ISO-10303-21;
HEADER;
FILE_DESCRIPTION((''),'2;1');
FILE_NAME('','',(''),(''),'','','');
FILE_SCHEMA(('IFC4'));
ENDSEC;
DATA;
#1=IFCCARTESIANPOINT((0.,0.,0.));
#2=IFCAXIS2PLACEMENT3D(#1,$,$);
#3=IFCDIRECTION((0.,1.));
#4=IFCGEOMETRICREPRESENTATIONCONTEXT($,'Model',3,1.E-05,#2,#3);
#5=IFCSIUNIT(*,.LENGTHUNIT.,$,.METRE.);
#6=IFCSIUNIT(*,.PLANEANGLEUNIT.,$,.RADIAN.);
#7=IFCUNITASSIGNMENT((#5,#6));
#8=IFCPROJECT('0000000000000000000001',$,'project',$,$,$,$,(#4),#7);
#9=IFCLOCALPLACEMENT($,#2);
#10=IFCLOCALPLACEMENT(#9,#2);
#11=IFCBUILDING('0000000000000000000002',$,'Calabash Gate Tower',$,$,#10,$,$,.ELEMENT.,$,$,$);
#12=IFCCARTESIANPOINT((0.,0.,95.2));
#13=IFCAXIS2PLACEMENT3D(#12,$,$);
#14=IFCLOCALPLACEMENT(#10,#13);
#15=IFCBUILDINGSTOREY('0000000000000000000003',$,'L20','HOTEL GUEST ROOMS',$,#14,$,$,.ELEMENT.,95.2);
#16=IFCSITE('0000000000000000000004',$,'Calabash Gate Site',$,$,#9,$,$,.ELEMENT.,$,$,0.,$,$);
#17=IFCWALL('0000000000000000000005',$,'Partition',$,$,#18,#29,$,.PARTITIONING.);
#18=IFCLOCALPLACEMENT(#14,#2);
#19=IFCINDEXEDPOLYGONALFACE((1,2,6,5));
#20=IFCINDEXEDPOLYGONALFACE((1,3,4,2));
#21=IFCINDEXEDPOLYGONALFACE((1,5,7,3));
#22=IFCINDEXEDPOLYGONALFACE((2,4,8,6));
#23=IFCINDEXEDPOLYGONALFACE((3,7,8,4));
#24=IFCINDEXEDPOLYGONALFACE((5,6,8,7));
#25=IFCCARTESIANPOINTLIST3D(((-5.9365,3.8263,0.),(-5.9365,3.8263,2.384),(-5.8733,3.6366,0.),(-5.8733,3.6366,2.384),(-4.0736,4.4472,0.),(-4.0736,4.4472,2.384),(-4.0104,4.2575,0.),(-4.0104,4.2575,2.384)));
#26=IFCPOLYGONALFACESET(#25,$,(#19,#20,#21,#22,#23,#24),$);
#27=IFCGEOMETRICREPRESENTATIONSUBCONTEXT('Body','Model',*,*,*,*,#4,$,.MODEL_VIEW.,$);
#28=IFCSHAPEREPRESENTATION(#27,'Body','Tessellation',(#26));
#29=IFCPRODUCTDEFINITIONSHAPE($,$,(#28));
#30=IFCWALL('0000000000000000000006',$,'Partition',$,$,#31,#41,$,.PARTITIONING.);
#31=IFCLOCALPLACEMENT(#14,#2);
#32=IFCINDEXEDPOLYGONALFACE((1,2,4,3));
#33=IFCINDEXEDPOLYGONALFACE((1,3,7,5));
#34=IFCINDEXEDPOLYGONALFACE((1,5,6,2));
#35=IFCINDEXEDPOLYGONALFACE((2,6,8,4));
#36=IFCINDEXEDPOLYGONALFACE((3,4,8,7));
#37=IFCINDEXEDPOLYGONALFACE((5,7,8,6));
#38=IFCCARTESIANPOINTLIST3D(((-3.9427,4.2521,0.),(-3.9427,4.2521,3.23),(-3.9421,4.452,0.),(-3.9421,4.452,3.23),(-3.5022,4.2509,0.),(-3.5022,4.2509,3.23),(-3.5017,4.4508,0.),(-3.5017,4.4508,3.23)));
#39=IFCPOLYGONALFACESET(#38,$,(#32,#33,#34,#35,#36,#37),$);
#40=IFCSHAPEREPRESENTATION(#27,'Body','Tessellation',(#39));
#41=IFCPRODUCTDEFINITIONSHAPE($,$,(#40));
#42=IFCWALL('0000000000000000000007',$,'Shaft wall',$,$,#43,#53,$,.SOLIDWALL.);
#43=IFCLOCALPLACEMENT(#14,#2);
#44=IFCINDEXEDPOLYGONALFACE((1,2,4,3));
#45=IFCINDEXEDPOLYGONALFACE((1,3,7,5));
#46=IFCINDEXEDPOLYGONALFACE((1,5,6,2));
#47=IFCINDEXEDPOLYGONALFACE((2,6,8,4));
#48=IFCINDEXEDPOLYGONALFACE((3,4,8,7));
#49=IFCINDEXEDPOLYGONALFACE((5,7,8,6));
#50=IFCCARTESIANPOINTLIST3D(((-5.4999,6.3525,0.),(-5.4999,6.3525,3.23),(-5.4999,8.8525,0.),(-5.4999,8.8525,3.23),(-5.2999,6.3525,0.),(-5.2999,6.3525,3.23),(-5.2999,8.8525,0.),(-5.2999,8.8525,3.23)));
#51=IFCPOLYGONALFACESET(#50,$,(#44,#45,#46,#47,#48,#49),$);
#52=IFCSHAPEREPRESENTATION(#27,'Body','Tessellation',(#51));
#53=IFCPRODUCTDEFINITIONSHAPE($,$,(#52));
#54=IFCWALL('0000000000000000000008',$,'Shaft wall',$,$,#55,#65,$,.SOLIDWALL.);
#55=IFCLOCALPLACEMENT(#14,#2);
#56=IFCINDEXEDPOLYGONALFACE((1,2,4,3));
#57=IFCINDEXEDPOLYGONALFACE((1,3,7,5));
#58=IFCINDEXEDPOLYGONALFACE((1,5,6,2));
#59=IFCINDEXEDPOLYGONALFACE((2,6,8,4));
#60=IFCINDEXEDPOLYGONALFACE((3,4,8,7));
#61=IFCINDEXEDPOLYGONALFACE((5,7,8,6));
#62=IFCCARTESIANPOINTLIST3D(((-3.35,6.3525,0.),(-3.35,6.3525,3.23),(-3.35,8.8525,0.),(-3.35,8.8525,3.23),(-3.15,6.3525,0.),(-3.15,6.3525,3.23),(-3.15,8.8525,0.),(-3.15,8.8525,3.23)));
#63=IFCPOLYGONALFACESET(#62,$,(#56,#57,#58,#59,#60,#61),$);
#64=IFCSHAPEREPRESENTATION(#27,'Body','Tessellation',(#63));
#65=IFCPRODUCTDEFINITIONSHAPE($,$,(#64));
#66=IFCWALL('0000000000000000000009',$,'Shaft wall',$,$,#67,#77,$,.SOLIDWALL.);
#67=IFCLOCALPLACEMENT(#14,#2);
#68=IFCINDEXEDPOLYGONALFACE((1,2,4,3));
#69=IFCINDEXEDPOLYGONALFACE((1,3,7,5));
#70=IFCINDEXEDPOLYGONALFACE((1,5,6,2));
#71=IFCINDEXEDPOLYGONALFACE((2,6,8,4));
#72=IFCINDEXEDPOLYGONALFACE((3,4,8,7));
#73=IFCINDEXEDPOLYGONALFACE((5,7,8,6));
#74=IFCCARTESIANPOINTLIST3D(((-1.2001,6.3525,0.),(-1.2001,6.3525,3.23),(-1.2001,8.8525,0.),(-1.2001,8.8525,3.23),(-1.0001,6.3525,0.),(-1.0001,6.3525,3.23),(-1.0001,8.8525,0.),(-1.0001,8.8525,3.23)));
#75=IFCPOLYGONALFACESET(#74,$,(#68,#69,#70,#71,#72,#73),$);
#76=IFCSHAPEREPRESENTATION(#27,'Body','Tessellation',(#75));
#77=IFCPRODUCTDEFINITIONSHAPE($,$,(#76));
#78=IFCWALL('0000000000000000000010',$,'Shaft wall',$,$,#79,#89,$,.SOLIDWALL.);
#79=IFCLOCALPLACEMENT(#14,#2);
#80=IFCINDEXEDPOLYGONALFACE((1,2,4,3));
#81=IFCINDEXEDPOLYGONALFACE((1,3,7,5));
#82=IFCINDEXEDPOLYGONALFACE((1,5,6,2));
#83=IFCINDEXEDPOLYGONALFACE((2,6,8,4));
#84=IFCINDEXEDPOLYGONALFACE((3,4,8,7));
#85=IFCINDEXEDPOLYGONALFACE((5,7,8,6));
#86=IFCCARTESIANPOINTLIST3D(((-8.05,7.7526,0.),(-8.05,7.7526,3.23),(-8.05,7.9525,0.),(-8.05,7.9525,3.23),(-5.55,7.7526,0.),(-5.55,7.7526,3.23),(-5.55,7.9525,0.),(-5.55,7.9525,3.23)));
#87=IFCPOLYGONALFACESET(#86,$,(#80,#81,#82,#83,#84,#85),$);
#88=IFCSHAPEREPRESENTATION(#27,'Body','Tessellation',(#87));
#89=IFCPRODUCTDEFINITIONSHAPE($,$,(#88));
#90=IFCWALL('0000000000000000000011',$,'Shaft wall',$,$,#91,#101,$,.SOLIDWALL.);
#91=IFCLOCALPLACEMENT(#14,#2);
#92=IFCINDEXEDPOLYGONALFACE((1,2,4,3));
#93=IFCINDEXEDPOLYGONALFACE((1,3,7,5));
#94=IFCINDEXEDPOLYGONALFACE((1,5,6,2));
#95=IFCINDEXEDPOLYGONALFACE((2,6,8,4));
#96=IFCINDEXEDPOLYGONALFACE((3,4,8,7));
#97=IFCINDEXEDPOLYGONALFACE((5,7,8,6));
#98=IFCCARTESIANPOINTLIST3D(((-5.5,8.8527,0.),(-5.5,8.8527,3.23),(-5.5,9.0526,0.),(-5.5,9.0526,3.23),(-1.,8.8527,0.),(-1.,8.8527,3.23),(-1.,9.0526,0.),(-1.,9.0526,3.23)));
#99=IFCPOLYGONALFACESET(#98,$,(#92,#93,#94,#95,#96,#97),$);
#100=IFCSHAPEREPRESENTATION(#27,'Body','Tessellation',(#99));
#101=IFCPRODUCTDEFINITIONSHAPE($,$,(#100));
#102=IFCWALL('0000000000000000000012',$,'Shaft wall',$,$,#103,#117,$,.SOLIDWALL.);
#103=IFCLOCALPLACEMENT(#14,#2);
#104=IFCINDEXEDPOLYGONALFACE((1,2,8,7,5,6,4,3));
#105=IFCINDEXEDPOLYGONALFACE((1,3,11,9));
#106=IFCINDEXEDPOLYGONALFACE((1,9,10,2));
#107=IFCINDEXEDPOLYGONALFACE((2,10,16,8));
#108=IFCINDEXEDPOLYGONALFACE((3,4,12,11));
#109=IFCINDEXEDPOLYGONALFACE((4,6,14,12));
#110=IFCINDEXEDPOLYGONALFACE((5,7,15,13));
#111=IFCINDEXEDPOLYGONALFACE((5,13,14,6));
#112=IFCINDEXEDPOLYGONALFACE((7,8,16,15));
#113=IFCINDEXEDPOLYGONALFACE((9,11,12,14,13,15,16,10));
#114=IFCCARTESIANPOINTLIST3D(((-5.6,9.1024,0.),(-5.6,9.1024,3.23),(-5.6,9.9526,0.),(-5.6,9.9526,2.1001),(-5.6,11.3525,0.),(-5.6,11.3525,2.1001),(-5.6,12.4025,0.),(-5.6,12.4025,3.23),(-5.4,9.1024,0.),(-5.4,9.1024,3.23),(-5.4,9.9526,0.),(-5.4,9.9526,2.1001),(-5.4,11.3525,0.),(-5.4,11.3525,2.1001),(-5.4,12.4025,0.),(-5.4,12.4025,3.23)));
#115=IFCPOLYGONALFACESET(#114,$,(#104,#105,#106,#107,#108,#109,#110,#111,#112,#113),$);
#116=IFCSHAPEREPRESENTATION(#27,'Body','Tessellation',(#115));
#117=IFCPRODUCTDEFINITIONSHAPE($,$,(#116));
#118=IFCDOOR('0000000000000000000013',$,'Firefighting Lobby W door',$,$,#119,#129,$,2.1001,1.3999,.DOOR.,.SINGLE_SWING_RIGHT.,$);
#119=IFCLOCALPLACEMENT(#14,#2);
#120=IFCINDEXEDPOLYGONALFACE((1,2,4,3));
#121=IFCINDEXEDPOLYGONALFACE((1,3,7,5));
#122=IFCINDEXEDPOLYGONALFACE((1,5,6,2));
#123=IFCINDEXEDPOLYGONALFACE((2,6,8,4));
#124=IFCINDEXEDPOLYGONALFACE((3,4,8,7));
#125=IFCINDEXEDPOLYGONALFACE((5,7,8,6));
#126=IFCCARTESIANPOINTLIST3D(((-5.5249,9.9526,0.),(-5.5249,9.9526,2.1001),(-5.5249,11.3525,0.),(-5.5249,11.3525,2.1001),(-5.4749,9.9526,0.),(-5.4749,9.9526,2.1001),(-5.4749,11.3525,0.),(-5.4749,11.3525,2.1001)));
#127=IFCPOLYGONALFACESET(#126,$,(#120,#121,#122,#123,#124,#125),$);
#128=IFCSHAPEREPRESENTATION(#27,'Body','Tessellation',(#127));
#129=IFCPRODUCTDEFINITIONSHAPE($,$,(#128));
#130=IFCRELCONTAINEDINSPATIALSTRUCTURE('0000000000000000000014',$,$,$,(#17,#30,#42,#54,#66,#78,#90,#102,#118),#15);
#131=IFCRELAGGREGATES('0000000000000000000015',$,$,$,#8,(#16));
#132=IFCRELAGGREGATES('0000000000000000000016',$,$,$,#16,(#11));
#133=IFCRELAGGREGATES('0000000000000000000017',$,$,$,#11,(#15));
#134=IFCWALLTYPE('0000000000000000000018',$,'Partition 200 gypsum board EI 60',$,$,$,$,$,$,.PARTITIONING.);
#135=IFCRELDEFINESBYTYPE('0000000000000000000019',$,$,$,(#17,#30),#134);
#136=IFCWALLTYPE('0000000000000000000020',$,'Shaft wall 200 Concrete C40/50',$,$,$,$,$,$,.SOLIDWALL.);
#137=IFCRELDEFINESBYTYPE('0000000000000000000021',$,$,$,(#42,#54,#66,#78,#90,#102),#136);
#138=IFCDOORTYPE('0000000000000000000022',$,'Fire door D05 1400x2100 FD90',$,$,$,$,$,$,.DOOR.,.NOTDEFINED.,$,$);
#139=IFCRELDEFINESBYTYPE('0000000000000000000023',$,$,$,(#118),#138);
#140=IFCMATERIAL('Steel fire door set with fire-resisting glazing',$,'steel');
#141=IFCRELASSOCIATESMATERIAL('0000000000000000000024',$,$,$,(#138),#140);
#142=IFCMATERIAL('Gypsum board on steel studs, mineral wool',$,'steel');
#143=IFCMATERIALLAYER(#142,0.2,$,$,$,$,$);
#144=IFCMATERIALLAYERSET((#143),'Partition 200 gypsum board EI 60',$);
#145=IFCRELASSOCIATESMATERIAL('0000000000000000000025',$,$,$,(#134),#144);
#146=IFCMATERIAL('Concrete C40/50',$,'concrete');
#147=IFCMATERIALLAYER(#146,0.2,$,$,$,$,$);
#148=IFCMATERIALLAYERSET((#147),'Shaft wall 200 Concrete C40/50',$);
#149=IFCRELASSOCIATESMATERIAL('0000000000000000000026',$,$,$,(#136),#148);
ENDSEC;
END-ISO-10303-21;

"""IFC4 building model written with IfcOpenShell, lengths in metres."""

from ifc_helpers import new_model, si_unit, direction, frame, frame_2d, origin, place, context, subcontext, project, spatial, rectangle, extrude, material, layer, layer_set, type_object, element, fill, save


model = new_model("IFC4")

# Units and contexts
model_context = context("Model", 3, precision=1e-05, world=origin(), true_north=direction((0.0, 1.0)))
body_context = subcontext(model_context, "Body", "Model", "MODEL_VIEW")
ifc_project = project(units=[si_unit("LENGTHUNIT", "METRE"), si_unit("PLANEANGLEUNIT", "RADIAN")], contexts=[model_context])

# Site, building, storey
site_placement = place(None, origin())
site = spatial("IfcSite", under=ifc_project, at=site_placement, Name="Calabash Gate Site", CompositionType="ELEMENT", RefElevation=0.0)
building_placement = place(site_placement, origin())
building = spatial("IfcBuilding", under=site, at=building_placement, Name="Calabash Gate Tower", CompositionType="ELEMENT")
storey_placement = place(building_placement, frame((0.0, 0.0, 95.2)))
storey = spatial("IfcBuildingStorey", under=building, at=storey_placement, Name="L20", Description="HOTEL GUEST ROOMS", CompositionType="ELEMENT", Elevation=95.2)

# Shared definitions
ifc_material_1 = material(Name="Steel fire door set with fire-resisting glazing", Category="steel")
door_type_1 = type_object("IfcDoorType", Name="Fire door D05 1400x2100 FD90", OperationType="NOTDEFINED", PredefinedType="DOOR", material=ifc_material_1)

# Shared definitions
ifc_material_2 = material(Name="Gypsum board on steel studs, mineral wool", Category="steel")
ifc_layer_1 = layer(ifc_material_2, 0.2)
ifc_layer_set_1 = layer_set([ifc_layer_1], Name="Partition 200 gypsum board EI 60")
wall_type_1 = type_object("IfcWallType", Name="Partition 200 gypsum board EI 60", PredefinedType="PARTITIONING", material=ifc_layer_set_1)

# Walls
wall_1_placement = place(storey_placement, frame((-5.905, 3.7314, 0.0), z_axis=(0.0, 0.0, 1.0), x_axis=(0.948696, 0.31619, 0.0)))
element("IfcWall", 1, at=wall_1_placement, inside=storey, type_object=wall_type_1, Name="Partition", PredefinedType="PARTITIONING", context=body_context, shape_type="SweptSolid", body=[
    extrude(rectangle(XDim=1.9636, YDim=0.2, at=frame_2d((0.9819, 0.0))), origin(), (0.0, 0.0, 1.0), 2.384),
])
wall_2_placement = place(storey_placement, frame((-3.9424, 4.3521, 0.0), z_axis=(0.0, 0.0, 1.0), x_axis=(0.999996, -0.002772, 0.0)))
element("IfcWall", 2, at=wall_2_placement, inside=storey, type_object=wall_type_1, Name="Partition", PredefinedType="PARTITIONING", context=body_context, shape_type="SweptSolid", body=[
    extrude(rectangle(XDim=0.4404, YDim=0.2, at=frame_2d((0.2202, 0.0))), origin(), (0.0, 0.0, 1.0), 3.23),
])
ifc_material_3 = material(Name="Concrete C40/50", Category="concrete")
ifc_layer_2 = layer(ifc_material_3, 0.2)
ifc_layer_set_2 = layer_set([ifc_layer_2], Name="Shaft wall 200 Concrete C40/50")
wall_type_2 = type_object("IfcWallType", Name="Shaft wall 200 Concrete C40/50", PredefinedType="SOLIDWALL", material=ifc_layer_set_2)
for number, where, z_axis, x_axis, name in (
    (3, (-5.3999, 6.3525, 0.0), (0.0, 0.0, 1.0), (0.0, 1.0, 0.0), "Shaft wall"),
    (4, (-3.25, 6.3525, 0.0), (0.0, 0.0, 1.0), (0.0, 1.0, 0.0), "Shaft wall"),
    (5, (-1.1001, 6.3525, 0.0), (0.0, 0.0, 1.0), (0.0, 1.0, 0.0), "Shaft wall"),
    (6, (-8.05, 7.8525, 0.0), (0.0, 0.0, 1.0), (1.0, 0.0, 0.0), "Shaft wall"),
):
    element("IfcWall", number, at=place(storey_placement, frame(where, z_axis=z_axis, x_axis=x_axis)), inside=storey, type_object=wall_type_2, Name=name, PredefinedType="SOLIDWALL", context=body_context, shape_type="SweptSolid", body=[
        extrude(rectangle(XDim=2.5, YDim=0.2, at=frame_2d((1.25, 0.0))), origin(), (0.0, 0.0, 1.0), 3.23),
    ])
wall_3_placement = place(storey_placement, frame((-5.5, 8.9526, 0.0), z_axis=(0.0, 0.0, 1.0), x_axis=(1.0, 0.0, 0.0)))
element("IfcWall", 7, at=wall_3_placement, inside=storey, type_object=wall_type_2, Name="Shaft wall", PredefinedType="SOLIDWALL", context=body_context, shape_type="SweptSolid", body=[
    extrude(rectangle(XDim=4.5, YDim=0.2, at=frame_2d((2.25, 0.0))), origin(), (0.0, 0.0, 1.0), 3.23),
])

# Wall, opening, door
wall_4_placement = place(storey_placement, frame((-5.5, 9.1025, 0.0), z_axis=(0.0, 0.0, 1.0), x_axis=(0.0, 1.0, 0.0)))
wall_4 = element("IfcWall", 8, at=wall_4_placement, inside=storey, type_object=wall_type_2, Name="Shaft wall", PredefinedType="SOLIDWALL", context=body_context, shape_type="SweptSolid", body=[
    extrude(rectangle(XDim=3.3, YDim=0.2, at=frame_2d((1.6499, 0.0))), origin(), (0.0, 0.0, 1.0), 3.23),
])
opening_1_placement = place(wall_4_placement, frame((0.8501, 0.0, 0.0)))
opening_1 = element("IfcOpeningElement", 9, at=opening_1_placement, cuts=wall_4, PredefinedType="OPENING", context=body_context, shape_type="SweptSolid", body=[
    extrude(rectangle(XDim=1.3999, YDim=2.1001, at=frame_2d((0.7, 1.05))), frame((0.0, 0.1099, 0.0), z_axis=(0.0, -1.0, 0.0), x_axis=(1.0, 0.0, 0.0)), (0.0, 0.0, 1.0), 0.22),
])
door_1_placement = place(opening_1_placement, origin())
door_1 = element("IfcDoor", 10, at=door_1_placement, inside=storey, type_object=door_type_1, Name="Firefighting Lobby W door", OperationType="SINGLE_SWING_RIGHT", OverallHeight=2.1001, OverallWidth=1.3999, PredefinedType="DOOR", context=body_context, shape_type="SweptSolid", body=[
    extrude(rectangle(XDim=1.3999, YDim=2.1001, at=frame_2d((0.7, 1.05))), frame((0.0, 0.0249, 0.0), z_axis=(0.0, -1.0, 0.0), x_axis=(1.0, 0.0, 0.0)), (0.0, 0.0, 1.0), 0.05),
])
fill(opening_1, door_1)

save(model, "model.ifc")
